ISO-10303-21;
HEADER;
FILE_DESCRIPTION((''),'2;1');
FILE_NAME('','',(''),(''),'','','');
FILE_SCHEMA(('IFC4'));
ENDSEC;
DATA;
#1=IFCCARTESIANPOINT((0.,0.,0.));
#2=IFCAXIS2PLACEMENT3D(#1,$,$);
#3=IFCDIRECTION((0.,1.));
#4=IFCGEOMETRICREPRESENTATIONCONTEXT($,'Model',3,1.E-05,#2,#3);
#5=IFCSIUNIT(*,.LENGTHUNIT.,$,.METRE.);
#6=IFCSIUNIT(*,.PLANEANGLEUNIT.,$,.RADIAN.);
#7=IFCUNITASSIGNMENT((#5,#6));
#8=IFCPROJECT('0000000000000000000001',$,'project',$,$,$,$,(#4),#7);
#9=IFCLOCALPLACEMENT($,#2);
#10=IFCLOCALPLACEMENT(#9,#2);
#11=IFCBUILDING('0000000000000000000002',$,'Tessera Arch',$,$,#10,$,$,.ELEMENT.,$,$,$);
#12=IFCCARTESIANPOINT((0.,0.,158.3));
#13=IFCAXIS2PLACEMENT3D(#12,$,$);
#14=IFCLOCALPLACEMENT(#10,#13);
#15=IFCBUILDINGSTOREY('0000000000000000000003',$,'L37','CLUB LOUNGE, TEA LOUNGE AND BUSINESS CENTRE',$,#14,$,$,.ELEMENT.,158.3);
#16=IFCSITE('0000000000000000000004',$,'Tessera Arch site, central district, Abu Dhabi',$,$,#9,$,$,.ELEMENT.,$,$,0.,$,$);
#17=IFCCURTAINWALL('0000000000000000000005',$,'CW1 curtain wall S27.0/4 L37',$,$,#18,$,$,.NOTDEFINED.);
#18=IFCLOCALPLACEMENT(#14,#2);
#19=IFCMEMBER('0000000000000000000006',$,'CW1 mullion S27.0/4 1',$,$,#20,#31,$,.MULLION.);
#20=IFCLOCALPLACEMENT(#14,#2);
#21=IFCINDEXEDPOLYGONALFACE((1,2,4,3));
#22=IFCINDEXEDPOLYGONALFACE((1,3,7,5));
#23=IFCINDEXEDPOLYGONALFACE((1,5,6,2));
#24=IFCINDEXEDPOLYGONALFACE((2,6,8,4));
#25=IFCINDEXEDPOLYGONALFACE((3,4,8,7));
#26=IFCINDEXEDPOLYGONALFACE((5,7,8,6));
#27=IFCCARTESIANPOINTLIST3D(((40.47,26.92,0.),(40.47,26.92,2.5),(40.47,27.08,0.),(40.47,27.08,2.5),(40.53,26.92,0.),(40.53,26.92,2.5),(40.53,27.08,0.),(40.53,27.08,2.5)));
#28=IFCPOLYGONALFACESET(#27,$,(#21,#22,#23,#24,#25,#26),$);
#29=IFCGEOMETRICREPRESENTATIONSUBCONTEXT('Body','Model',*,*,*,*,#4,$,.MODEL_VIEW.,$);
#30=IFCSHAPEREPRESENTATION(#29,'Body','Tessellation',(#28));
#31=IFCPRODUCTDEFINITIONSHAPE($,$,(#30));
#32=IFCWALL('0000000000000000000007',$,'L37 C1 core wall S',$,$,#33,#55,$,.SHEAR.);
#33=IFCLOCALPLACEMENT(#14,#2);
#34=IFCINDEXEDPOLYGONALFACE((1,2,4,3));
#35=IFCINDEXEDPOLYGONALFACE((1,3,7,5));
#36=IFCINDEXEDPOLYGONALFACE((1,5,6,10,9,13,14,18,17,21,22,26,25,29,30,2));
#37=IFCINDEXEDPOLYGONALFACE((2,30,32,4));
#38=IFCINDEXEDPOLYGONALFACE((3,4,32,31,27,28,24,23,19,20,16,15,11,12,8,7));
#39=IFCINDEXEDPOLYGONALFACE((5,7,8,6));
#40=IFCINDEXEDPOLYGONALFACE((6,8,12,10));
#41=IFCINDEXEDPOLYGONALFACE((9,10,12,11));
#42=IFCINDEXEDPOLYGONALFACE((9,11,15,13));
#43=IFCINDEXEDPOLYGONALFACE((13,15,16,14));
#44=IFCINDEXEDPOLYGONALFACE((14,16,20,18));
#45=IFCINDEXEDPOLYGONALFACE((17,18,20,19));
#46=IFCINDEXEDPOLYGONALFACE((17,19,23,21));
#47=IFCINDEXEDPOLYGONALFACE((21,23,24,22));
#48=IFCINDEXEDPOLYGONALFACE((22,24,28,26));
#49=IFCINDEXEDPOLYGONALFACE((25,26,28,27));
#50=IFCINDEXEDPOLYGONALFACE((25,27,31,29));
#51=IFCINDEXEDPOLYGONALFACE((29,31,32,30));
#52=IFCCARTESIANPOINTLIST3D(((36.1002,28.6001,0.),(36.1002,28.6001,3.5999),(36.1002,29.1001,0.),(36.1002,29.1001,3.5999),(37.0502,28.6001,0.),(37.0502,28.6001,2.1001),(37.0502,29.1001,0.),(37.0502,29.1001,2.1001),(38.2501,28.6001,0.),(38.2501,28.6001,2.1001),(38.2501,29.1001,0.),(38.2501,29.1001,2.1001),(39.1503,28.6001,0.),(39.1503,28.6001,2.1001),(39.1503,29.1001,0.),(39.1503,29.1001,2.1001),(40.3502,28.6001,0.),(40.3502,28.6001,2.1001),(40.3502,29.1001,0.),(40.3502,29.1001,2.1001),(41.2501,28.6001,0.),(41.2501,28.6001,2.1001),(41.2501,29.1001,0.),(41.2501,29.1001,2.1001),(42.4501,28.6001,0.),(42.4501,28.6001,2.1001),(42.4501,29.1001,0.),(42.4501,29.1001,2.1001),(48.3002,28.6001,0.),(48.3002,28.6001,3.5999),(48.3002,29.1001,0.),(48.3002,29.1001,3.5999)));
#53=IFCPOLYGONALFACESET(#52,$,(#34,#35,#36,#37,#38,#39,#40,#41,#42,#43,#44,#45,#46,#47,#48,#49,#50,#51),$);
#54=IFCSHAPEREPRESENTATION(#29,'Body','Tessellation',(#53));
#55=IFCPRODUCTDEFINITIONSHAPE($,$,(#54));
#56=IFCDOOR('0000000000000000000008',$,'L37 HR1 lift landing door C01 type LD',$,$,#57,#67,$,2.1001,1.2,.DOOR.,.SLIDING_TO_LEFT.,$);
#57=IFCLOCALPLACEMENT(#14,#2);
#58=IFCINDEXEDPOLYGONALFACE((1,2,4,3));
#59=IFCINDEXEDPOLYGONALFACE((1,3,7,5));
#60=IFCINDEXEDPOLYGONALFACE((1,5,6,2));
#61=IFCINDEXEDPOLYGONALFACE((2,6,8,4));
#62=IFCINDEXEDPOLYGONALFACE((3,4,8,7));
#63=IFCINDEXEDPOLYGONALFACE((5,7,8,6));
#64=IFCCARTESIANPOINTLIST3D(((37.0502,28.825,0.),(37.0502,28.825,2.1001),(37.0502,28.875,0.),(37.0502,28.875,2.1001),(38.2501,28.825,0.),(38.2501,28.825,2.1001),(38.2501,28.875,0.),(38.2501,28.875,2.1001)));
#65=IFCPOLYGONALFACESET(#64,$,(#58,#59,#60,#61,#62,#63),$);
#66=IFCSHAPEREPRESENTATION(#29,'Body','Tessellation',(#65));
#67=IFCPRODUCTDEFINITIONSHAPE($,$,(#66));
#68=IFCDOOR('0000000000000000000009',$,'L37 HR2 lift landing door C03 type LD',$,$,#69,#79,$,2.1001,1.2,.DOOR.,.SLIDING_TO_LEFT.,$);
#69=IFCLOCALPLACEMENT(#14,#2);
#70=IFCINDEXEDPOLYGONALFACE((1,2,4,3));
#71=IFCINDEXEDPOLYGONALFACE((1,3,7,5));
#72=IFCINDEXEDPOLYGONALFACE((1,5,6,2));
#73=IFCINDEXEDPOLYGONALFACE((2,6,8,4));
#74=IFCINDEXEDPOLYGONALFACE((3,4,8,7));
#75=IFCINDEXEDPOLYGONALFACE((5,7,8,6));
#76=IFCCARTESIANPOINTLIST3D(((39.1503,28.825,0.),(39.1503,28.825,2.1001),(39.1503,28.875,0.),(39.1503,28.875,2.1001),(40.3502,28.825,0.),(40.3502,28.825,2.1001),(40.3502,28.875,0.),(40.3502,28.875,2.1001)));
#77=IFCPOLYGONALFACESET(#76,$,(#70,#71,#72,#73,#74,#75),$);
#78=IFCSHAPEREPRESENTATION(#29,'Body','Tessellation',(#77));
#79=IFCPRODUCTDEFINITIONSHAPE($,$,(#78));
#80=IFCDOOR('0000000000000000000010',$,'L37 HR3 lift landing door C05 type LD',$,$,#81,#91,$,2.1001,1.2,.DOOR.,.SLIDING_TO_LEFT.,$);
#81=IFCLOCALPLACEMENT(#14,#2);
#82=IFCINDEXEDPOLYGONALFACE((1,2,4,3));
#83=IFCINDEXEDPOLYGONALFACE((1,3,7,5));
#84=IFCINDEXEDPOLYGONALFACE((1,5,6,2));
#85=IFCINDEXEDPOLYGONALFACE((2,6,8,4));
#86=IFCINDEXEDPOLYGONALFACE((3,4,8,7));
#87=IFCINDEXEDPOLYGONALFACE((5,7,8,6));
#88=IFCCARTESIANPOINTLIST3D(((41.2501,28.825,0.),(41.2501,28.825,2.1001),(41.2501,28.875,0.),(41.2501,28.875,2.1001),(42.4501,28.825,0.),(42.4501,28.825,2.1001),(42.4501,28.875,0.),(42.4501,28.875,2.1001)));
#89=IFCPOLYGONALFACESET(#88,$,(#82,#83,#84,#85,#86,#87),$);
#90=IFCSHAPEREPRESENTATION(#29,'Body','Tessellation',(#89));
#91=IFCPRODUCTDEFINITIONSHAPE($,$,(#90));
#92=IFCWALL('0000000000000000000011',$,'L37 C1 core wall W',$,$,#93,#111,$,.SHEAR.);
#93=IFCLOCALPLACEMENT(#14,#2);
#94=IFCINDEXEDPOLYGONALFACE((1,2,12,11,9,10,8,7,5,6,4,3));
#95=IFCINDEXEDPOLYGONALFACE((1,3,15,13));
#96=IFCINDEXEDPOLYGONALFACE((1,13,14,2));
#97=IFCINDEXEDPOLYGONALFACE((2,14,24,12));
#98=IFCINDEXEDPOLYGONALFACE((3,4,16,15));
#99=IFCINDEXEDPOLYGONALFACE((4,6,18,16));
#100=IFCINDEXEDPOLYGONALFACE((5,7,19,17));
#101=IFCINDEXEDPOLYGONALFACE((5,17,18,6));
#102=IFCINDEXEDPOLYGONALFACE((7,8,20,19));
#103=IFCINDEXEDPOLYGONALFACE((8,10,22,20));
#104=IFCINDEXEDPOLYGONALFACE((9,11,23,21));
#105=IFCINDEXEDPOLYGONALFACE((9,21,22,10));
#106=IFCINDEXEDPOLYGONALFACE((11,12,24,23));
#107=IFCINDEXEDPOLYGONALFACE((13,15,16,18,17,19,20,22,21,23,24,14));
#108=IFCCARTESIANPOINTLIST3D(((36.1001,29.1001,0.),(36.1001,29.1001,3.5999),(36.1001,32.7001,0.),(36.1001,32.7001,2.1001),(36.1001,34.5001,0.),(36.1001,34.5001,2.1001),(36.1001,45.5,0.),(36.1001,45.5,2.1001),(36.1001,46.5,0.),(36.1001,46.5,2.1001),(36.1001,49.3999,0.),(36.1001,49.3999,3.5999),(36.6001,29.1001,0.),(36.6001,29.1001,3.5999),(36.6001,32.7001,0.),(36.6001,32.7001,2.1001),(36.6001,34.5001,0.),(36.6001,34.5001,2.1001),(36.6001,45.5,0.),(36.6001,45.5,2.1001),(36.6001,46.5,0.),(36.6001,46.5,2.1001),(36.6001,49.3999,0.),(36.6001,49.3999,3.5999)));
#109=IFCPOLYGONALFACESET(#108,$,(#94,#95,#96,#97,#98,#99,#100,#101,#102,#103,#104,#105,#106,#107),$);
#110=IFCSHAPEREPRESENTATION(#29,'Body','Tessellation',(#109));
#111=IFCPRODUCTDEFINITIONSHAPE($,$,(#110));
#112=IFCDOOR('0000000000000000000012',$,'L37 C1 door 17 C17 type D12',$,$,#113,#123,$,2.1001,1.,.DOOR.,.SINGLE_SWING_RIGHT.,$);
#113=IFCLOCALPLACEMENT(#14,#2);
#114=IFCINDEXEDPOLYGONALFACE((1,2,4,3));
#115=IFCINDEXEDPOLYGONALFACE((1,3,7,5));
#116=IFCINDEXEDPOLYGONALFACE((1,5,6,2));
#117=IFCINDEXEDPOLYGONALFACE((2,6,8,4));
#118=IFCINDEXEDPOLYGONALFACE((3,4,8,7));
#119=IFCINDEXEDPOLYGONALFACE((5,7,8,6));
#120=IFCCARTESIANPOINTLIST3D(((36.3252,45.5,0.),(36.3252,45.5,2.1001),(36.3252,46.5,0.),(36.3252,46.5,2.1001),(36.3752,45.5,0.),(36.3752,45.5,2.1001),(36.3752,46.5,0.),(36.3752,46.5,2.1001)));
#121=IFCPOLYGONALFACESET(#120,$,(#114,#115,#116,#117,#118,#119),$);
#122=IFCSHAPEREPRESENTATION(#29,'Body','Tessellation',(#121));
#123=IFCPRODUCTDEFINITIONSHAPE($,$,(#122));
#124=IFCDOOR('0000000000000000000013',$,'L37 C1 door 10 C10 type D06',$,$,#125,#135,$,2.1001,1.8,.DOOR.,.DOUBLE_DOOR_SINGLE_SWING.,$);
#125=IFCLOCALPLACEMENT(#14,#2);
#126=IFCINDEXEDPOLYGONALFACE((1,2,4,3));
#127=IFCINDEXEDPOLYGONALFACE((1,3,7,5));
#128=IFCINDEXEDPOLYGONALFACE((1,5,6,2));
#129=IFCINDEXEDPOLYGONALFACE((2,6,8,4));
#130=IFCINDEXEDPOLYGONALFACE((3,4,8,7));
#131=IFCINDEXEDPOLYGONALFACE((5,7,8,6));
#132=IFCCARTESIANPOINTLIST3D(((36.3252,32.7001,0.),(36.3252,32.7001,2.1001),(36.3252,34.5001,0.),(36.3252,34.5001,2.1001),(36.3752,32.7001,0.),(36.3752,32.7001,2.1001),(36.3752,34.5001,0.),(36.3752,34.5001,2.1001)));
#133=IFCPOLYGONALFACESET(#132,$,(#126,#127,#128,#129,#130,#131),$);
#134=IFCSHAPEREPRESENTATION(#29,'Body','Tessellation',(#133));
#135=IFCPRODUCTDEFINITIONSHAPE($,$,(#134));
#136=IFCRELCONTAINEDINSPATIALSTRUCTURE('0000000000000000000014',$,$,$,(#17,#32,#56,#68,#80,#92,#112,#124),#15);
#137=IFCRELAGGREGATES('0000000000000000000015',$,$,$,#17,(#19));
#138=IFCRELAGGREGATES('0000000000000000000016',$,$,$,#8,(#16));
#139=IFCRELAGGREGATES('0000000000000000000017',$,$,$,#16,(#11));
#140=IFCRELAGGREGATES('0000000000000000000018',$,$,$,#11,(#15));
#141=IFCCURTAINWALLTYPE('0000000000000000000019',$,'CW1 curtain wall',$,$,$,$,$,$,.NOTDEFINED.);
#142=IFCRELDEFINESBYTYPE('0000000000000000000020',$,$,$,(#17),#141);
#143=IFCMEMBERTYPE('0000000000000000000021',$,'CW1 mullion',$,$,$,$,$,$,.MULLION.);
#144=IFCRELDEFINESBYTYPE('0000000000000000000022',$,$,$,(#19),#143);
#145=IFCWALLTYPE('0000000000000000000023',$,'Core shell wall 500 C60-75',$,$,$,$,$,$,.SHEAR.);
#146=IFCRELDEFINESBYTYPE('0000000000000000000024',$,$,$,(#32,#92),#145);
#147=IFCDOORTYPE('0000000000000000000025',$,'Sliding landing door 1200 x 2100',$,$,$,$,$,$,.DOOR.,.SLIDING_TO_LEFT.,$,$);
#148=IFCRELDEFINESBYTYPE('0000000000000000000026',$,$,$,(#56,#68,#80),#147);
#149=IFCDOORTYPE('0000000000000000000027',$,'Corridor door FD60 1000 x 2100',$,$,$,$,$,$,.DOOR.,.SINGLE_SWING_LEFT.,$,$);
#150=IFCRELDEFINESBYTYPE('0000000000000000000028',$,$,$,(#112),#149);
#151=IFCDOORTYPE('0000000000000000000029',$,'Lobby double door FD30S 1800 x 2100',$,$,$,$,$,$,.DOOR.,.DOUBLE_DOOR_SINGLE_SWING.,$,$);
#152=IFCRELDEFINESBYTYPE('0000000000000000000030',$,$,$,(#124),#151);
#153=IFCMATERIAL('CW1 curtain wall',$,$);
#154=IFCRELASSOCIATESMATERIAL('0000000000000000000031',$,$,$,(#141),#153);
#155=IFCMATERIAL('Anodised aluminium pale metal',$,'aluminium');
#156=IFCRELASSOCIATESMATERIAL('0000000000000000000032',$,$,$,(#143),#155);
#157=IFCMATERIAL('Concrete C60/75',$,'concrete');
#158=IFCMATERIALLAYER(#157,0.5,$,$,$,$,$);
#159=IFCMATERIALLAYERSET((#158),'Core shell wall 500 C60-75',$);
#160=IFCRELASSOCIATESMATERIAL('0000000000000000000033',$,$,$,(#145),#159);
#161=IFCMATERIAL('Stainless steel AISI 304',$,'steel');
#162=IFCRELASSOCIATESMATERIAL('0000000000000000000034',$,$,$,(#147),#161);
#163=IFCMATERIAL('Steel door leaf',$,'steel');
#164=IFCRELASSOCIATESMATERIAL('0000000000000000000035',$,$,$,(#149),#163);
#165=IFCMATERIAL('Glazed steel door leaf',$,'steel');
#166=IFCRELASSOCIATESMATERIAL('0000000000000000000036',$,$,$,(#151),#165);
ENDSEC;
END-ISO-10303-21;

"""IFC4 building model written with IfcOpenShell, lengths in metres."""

from ifc_helpers import new_model, si_unit, direction, frame, frame_2d, origin, origin_2d, place, context, subcontext, project, spatial, rectangle, extrude, material, layer, layer_set, material_profile, profile_set, type_object, element, fill, aggregate, save


model = new_model("IFC4")

# Units and contexts
model_context = context("Model", 3, precision=1e-05, world=origin(), true_north=direction((0.0, 1.0)))
body_context = subcontext(model_context, "Body", "Model", "MODEL_VIEW")
ifc_project = project(units=[si_unit("LENGTHUNIT", "METRE"), si_unit("PLANEANGLEUNIT", "RADIAN")], contexts=[model_context])

# Site, building, storey
site_placement = place(None, origin())
site = spatial("IfcSite", under=ifc_project, at=site_placement, Name="Tessera Arch site, central district, Abu Dhabi", CompositionType="ELEMENT", RefElevation=0.0)
building_placement = place(site_placement, origin())
building = spatial("IfcBuilding", under=site, at=building_placement, Name="Tessera Arch", CompositionType="ELEMENT")
storey_placement = place(building_placement, frame((0.0, 0.0, 158.3)))
storey = spatial("IfcBuildingStorey", under=building, at=storey_placement, Name="L37", Description="CLUB LOUNGE, TEA LOUNGE AND BUSINESS CENTRE", CompositionType="ELEMENT", Elevation=158.3)

# Curtain wall, member
ifc_material_1 = material(Name="CW1 curtain wall")
curtain_wall_type = type_object("IfcCurtainWallType", Name="CW1 curtain wall", PredefinedType="NOTDEFINED", material=ifc_material_1)
curtain_wall_placement = place(storey_placement, origin())
curtain_wall = element("IfcCurtainWall", 1, at=curtain_wall_placement, inside=storey, type_object=curtain_wall_type, Name="CW1 curtain wall S27.0/4 L37", PredefinedType="NOTDEFINED")
ifc_material_2 = material(Name="Anodised aluminium pale metal", Category="aluminium")
ifc_material_profile = material_profile(ifc_material_2, rectangle(XDim=0.1599, YDim=0.0601, at=origin_2d()), Name="AL 60x160")
ifc_profile_set = profile_set([ifc_material_profile], Name="Anodised aluminium pale metal")
member_type = type_object("IfcMemberType", Name="CW1 mullion", PredefinedType="MULLION", material=ifc_profile_set)
member_placement = place(storey_placement, frame((40.5, 27.0, 0.0), z_axis=(0.0, 0.0, 1.0), x_axis=(0.0, 1.0, 0.0)))
member = element("IfcMember", 2, at=member_placement, type_object=member_type, Name="CW1 mullion S27.0/4 1", PredefinedType="MULLION", context=body_context, shape_type="SweptSolid", body=[
    extrude(rectangle(XDim=0.1599, YDim=0.0601, at=origin_2d()), origin(), (0.0, 0.0, 1.0), 2.5),
])
aggregate(curtain_wall, [member])

# Walls, openings, doors
ifc_material_3 = material(Name="Concrete C60/75", Category="concrete")
ifc_layer_1 = layer(ifc_material_3, 0.5)
ifc_layer_set_1 = layer_set([ifc_layer_1], Name="Core shell wall 500 C60-75")
wall_type_1 = type_object("IfcWallType", Name="Core shell wall 500 C60-75", PredefinedType="SHEAR", material=ifc_layer_set_1)
wall_1_placement = place(storey_placement, frame((36.1001, 28.8501, 0.0), z_axis=(0.0, 0.0, 1.0), x_axis=(1.0, 0.0, 0.0)))
wall_1 = element("IfcWall", 3, at=wall_1_placement, inside=storey, type_object=wall_type_1, Name="L37 C1 core wall S", PredefinedType="SHEAR", context=body_context, shape_type="SweptSolid", body=[
    extrude(rectangle(XDim=12.2, YDim=0.5, at=frame_2d((6.1001, 0.0))), origin(), (0.0, 0.0, 1.0), 3.5999),
])
opening_1_placement = place(wall_1_placement, frame((0.95, 0.0, 0.0)))
opening_1 = element("IfcOpeningElement", 4, at=opening_1_placement, cuts=wall_1, PredefinedType="OPENING", context=body_context, shape_type="SweptSolid", body=[
    extrude(rectangle(XDim=1.2, YDim=2.1001, at=frame_2d((0.6001, 1.05))), frame((0.0, 0.26, 0.0), z_axis=(0.0, -1.0, 0.0), x_axis=(1.0, 0.0, 0.0)), (0.0, 0.0, 1.0), 0.52),
])
opening_2_placement = place(wall_1_placement, frame((3.05, 0.0, 0.0)))
opening_2 = element("IfcOpeningElement", 5, at=opening_2_placement, cuts=wall_1, PredefinedType="OPENING", context=body_context, shape_type="SweptSolid", body=[
    extrude(rectangle(XDim=1.2, YDim=2.1001, at=frame_2d((0.6001, 1.05))), frame((0.0, 0.26, 0.0), z_axis=(0.0, -1.0, 0.0), x_axis=(1.0, 0.0, 0.0)), (0.0, 0.0, 1.0), 0.52),
])
opening_3_placement = place(wall_1_placement, frame((5.1499, 0.0, 0.0)))
opening_3 = element("IfcOpeningElement", 6, at=opening_3_placement, cuts=wall_1, PredefinedType="OPENING", context=body_context, shape_type="SweptSolid", body=[
    extrude(rectangle(XDim=1.2, YDim=2.1001, at=frame_2d((0.6001, 1.05))), frame((0.0, 0.26, 0.0), z_axis=(0.0, -1.0, 0.0), x_axis=(1.0, 0.0, 0.0)), (0.0, 0.0, 1.0), 0.52),
])
ifc_material_4 = material(Name="Stainless steel AISI 304", Category="steel")
door_type_1 = type_object("IfcDoorType", Name="Sliding landing door 1200 x 2100", OperationType="SLIDING_TO_LEFT", PredefinedType="DOOR", material=ifc_material_4)
door_1_placement = place(opening_1_placement, origin())
door_1 = element("IfcDoor", 7, at=door_1_placement, inside=storey, type_object=door_type_1, Name="L37 HR1 lift landing door C01 type LD", OperationType="SLIDING_TO_LEFT", OverallHeight=2.1001, OverallWidth=1.2, PredefinedType="DOOR", context=body_context, shape_type="SweptSolid", body=[
    extrude(rectangle(XDim=1.2, YDim=2.1001, at=frame_2d((0.6001, 1.05))), frame((0.0, 0.0249, 0.0), z_axis=(0.0, -1.0, 0.0), x_axis=(1.0, 0.0, 0.0)), (0.0, 0.0, 1.0), 0.05),
])
fill(opening_1, door_1)
door_2_placement = place(opening_2_placement, origin())
door_2 = element("IfcDoor", 8, at=door_2_placement, inside=storey, type_object=door_type_1, Name="L37 HR2 lift landing door C03 type LD", OperationType="SLIDING_TO_LEFT", OverallHeight=2.1001, OverallWidth=1.2, PredefinedType="DOOR", context=body_context, shape_type="SweptSolid", body=[
    extrude(rectangle(XDim=1.2, YDim=2.1001, at=frame_2d((0.6001, 1.05))), frame((0.0, 0.0249, 0.0), z_axis=(0.0, -1.0, 0.0), x_axis=(1.0, 0.0, 0.0)), (0.0, 0.0, 1.0), 0.05),
])
fill(opening_2, door_2)
door_3_placement = place(opening_3_placement, origin())
door_3 = element("IfcDoor", 9, at=door_3_placement, inside=storey, type_object=door_type_1, Name="L37 HR3 lift landing door C05 type LD", OperationType="SLIDING_TO_LEFT", OverallHeight=2.1001, OverallWidth=1.2, PredefinedType="DOOR", context=body_context, shape_type="SweptSolid", body=[
    extrude(rectangle(XDim=1.2, YDim=2.1001, at=frame_2d((0.6001, 1.05))), frame((0.0, 0.0249, 0.0), z_axis=(0.0, -1.0, 0.0), x_axis=(1.0, 0.0, 0.0)), (0.0, 0.0, 1.0), 0.05),
])
fill(opening_3, door_3)
wall_2_placement = place(storey_placement, frame((36.3501, 29.1001, 0.0), z_axis=(0.0, 0.0, 1.0), x_axis=(0.0, 1.0, 0.0)))
wall_2 = element("IfcWall", 10, at=wall_2_placement, inside=storey, type_object=wall_type_1, Name="L37 C1 core wall W", PredefinedType="SHEAR", context=body_context, shape_type="SweptSolid", body=[
    extrude(rectangle(XDim=20.2998, YDim=0.5, at=frame_2d((10.1499, 0.0))), origin(), (0.0, 0.0, 1.0), 3.5999),
])
opening_4_placement = place(wall_2_placement, frame((3.6001, 0.0, 0.0)))
opening_4 = element("IfcOpeningElement", 11, at=opening_4_placement, cuts=wall_2, PredefinedType="OPENING", context=body_context, shape_type="SweptSolid", body=[
    extrude(rectangle(XDim=1.8, YDim=2.1001, at=frame_2d((0.8999, 1.05))), frame((0.0, 0.26, 0.0), z_axis=(0.0, -1.0, 0.0), x_axis=(1.0, 0.0, 0.0)), (0.0, 0.0, 1.0), 0.52),
])
opening_5_placement = place(wall_2_placement, frame((16.3999, 0.0, 0.0)))
opening_5 = element("IfcOpeningElement", 12, at=opening_5_placement, cuts=wall_2, PredefinedType="OPENING", context=body_context, shape_type="SweptSolid", body=[
    extrude(rectangle(XDim=1.0, YDim=2.1001, at=frame_2d((0.5, 1.05))), frame((0.0, 0.26, 0.0), z_axis=(0.0, -1.0, 0.0), x_axis=(1.0, 0.0, 0.0)), (0.0, 0.0, 1.0), 0.52),
])
ifc_material_5 = material(Name="Steel door leaf", Category="steel")
door_type_2 = type_object("IfcDoorType", Name="Corridor door FD60 1000 x 2100", OperationType="SINGLE_SWING_LEFT", PredefinedType="DOOR", material=ifc_material_5)
door_4_placement = place(opening_5_placement, origin())
door_4 = element("IfcDoor", 13, at=door_4_placement, inside=storey, type_object=door_type_2, Name="L37 C1 door 17 C17 type D12", OperationType="SINGLE_SWING_RIGHT", OverallHeight=2.1001, OverallWidth=1.0, PredefinedType="DOOR", context=body_context, shape_type="SweptSolid", body=[
    extrude(rectangle(XDim=1.0, YDim=2.1001, at=frame_2d((0.5, 1.05))), frame((0.0, 0.0249, 0.0), z_axis=(0.0, -1.0, 0.0), x_axis=(1.0, 0.0, 0.0)), (0.0, 0.0, 1.0), 0.05),
])
fill(opening_5, door_4)
ifc_material_6 = material(Name="Glazed steel door leaf", Category="steel")
door_type_3 = type_object("IfcDoorType", Name="Lobby double door FD30S 1800 x 2100", OperationType="DOUBLE_DOOR_SINGLE_SWING", PredefinedType="DOOR", material=ifc_material_6)
door_5_placement = place(opening_4_placement, origin())
door_5 = element("IfcDoor", 14, at=door_5_placement, inside=storey, type_object=door_type_3, Name="L37 C1 door 10 C10 type D06", OperationType="DOUBLE_DOOR_SINGLE_SWING", OverallHeight=2.1001, OverallWidth=1.8, PredefinedType="DOOR", context=body_context, shape_type="SweptSolid", body=[
    extrude(rectangle(XDim=1.8, YDim=2.1001, at=frame_2d((0.8999, 1.05))), frame((0.0, 0.0249, 0.0), z_axis=(0.0, -1.0, 0.0), x_axis=(1.0, 0.0, 0.0)), (0.0, 0.0, 1.0), 0.05),
])
fill(opening_4, door_5)

save(model, "model.ifc")
